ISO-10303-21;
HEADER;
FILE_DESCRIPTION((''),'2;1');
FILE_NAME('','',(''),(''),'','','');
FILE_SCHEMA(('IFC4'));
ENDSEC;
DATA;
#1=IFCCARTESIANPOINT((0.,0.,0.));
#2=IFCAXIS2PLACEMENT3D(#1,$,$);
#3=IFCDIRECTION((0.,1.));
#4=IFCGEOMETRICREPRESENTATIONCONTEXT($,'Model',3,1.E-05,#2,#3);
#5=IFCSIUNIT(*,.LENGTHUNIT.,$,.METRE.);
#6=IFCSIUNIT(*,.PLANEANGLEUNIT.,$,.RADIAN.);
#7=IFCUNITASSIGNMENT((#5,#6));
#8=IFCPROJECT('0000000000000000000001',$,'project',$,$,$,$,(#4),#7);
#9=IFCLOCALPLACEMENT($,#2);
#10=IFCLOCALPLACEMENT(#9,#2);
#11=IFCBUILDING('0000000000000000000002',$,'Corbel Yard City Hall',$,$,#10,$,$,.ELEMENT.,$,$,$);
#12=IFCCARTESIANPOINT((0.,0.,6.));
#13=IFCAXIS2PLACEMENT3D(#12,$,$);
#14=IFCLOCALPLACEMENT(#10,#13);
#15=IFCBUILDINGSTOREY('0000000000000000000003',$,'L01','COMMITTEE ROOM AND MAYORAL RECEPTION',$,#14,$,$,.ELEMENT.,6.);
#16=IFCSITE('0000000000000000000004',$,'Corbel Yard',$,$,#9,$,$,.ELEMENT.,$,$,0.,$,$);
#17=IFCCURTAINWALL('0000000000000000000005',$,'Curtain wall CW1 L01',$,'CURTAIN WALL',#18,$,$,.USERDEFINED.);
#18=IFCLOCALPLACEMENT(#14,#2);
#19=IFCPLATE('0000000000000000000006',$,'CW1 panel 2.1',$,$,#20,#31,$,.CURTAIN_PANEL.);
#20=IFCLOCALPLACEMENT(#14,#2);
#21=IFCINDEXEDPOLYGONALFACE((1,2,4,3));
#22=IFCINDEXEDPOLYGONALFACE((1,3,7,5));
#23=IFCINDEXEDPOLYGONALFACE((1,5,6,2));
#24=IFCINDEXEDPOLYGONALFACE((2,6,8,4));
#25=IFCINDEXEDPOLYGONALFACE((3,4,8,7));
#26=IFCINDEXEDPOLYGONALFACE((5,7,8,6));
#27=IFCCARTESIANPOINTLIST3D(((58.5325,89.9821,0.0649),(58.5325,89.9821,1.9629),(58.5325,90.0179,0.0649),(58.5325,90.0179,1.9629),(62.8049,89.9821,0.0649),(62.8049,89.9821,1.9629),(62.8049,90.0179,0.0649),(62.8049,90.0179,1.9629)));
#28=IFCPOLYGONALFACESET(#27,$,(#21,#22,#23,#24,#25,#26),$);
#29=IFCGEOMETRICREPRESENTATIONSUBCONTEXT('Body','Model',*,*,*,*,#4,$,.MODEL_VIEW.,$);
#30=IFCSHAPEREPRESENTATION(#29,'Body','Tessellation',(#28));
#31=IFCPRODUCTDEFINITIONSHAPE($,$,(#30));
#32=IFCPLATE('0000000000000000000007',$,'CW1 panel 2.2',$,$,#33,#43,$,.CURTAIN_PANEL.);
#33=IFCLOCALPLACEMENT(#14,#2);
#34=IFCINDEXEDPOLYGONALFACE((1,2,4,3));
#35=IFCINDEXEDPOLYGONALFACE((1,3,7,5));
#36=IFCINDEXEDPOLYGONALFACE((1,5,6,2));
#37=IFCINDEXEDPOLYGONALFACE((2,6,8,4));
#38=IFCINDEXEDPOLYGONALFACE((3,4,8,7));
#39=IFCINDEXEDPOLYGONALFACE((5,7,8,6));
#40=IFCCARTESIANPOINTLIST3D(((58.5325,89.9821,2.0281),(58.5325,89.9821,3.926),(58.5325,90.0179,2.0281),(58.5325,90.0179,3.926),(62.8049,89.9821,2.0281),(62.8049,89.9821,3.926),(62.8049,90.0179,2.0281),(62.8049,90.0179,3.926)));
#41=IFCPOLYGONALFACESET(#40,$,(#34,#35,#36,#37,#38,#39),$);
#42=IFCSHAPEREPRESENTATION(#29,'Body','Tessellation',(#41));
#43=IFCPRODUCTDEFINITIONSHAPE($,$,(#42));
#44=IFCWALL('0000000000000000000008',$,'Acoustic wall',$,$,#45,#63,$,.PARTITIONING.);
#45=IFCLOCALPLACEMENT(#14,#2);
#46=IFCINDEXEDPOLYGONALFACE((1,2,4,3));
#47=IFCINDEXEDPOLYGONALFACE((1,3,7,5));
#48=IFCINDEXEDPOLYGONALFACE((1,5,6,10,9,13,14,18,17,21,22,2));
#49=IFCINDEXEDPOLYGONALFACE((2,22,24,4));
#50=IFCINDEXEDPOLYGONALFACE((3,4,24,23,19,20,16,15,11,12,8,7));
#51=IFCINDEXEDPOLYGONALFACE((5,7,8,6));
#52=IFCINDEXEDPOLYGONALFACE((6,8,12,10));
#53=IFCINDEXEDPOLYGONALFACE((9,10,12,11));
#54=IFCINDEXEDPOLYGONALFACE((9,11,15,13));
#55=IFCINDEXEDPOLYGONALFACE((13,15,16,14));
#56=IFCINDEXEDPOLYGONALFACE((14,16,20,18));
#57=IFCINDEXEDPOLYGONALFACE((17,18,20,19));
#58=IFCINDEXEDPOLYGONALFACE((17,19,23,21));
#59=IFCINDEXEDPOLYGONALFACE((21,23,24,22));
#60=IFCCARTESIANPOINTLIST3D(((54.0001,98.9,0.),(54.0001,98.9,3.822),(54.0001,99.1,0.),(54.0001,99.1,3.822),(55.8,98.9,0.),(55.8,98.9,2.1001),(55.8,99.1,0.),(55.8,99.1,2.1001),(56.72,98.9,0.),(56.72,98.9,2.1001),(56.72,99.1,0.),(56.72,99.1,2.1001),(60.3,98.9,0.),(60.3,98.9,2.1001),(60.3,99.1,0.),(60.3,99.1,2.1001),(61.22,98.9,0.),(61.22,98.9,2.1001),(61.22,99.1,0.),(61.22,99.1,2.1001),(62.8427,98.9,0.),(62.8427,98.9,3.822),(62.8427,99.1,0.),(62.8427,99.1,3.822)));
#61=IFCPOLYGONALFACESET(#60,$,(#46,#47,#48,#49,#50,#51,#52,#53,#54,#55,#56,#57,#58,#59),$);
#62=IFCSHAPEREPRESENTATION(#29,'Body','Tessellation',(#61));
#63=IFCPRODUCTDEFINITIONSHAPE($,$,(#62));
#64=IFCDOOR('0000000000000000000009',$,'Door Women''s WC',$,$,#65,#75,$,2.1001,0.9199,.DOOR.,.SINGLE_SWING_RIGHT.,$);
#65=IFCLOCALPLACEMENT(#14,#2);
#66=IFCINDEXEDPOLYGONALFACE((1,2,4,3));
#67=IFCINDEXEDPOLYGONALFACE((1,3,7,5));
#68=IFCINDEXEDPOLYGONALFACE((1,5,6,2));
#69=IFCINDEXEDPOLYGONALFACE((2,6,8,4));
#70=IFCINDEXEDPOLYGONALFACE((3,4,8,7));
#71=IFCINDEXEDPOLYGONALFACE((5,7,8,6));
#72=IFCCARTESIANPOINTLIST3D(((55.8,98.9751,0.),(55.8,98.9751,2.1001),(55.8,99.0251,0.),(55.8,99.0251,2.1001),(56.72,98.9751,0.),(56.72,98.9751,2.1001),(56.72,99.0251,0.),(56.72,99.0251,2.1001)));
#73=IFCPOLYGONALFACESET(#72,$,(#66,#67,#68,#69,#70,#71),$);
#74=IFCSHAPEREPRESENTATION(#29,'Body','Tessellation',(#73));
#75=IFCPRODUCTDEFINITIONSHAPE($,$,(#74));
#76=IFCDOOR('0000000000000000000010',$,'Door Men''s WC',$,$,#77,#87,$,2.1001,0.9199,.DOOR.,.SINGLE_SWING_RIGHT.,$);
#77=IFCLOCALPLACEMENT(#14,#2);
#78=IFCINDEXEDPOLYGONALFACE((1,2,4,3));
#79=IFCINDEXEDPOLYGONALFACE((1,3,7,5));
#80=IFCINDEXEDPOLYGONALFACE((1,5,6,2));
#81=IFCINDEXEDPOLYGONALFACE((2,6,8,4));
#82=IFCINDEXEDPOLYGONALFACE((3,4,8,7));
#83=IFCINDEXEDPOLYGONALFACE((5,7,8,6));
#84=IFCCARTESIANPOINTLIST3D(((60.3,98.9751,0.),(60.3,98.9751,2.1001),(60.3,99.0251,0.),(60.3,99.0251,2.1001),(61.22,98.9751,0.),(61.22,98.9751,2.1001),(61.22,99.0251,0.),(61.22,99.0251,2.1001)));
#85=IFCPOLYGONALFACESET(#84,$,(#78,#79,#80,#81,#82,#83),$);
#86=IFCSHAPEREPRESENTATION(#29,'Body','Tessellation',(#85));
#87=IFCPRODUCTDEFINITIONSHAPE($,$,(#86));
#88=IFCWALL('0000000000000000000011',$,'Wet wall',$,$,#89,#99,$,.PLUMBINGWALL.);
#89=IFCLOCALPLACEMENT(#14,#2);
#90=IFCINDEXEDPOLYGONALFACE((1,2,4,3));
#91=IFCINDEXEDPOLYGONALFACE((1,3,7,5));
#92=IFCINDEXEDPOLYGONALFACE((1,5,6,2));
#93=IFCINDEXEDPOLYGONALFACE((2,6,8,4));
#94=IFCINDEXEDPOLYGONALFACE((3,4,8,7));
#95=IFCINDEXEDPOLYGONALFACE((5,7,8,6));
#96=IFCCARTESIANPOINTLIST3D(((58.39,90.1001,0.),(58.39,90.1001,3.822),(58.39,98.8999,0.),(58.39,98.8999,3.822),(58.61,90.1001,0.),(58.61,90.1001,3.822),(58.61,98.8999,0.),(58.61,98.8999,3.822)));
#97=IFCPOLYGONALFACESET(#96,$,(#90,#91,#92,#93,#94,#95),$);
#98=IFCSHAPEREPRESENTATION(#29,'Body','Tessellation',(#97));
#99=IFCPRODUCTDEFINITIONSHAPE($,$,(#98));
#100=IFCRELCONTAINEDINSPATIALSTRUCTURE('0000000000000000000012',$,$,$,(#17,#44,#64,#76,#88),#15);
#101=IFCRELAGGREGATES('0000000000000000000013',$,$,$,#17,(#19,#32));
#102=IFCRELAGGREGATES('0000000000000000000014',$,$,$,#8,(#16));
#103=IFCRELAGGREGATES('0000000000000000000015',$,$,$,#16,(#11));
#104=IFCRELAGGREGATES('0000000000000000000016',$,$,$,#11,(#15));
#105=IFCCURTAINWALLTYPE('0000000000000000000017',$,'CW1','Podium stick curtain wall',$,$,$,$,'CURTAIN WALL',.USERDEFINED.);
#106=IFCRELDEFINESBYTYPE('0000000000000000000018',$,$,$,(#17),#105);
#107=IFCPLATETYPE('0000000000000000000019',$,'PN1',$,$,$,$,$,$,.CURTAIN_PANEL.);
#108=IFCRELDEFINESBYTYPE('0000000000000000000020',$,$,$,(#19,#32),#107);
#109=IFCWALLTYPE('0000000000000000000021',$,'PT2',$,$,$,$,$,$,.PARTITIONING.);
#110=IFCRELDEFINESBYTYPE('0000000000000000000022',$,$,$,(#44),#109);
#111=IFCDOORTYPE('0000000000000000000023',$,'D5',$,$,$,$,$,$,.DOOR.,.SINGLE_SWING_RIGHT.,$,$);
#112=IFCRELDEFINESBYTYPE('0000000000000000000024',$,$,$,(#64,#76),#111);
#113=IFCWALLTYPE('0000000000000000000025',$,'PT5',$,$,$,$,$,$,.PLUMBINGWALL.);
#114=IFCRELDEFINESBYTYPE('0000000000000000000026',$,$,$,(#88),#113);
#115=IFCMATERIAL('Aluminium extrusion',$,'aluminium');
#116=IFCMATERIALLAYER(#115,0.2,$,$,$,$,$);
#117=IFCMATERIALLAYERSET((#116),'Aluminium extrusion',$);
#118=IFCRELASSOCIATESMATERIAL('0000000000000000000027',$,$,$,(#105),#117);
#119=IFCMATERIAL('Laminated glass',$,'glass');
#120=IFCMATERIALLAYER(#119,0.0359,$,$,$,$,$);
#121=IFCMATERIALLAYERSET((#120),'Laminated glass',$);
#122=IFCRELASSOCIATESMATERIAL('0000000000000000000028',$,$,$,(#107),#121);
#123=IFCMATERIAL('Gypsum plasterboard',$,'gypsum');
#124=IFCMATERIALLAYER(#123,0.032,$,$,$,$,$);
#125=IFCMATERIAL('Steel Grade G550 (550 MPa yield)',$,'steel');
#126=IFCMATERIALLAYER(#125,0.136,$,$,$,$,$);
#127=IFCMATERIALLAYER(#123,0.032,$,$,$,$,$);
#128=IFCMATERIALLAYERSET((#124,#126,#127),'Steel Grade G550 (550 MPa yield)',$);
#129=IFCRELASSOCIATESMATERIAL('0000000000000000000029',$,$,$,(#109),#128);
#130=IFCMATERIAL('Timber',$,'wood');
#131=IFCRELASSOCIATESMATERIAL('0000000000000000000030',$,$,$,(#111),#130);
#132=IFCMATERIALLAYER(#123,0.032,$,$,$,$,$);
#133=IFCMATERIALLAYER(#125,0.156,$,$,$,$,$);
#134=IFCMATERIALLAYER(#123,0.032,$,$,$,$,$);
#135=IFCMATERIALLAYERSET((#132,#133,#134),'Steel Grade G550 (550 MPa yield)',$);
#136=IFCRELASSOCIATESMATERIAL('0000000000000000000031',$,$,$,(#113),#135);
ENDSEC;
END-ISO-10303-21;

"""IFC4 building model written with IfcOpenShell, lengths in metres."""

from ifc_helpers import new_model, si_unit, direction, frame, frame_2d, origin, origin_2d, place, context, subcontext, project, spatial, rectangle, extrude, material, layer, layer_set, type_object, element, fill, aggregate, save


model = new_model("IFC4")

# Units and contexts
model_context = context("Model", 3, precision=1e-05, world=origin(), true_north=direction((0.0, 1.0)))
body_context = subcontext(model_context, "Body", "Model", "MODEL_VIEW")
ifc_project = project(units=[si_unit("LENGTHUNIT", "METRE"), si_unit("PLANEANGLEUNIT", "RADIAN")], contexts=[model_context])

# Site, building, storey
site_placement = place(None, origin())
site = spatial("IfcSite", under=ifc_project, at=site_placement, Name="Corbel Yard", CompositionType="ELEMENT", RefElevation=0.0)
building_placement = place(site_placement, origin())
building = spatial("IfcBuilding", under=site, at=building_placement, Name="Corbel Yard City Hall", CompositionType="ELEMENT")
storey_placement = place(building_placement, frame((0.0, 0.0, 6.0)))
storey = spatial("IfcBuildingStorey", under=building, at=storey_placement, Name="L01", Description="COMMITTEE ROOM AND MAYORAL RECEPTION", CompositionType="ELEMENT", Elevation=6.0)

# Curtain wall
ifc_material_1 = material(Name="Aluminium extrusion", Category="aluminium")
ifc_layer_1 = layer(ifc_material_1, 0.2)
ifc_layer_set_1 = layer_set([ifc_layer_1], Name="Aluminium extrusion")
curtain_wall_type = type_object("IfcCurtainWallType", Name="CW1", Description="Podium stick curtain wall", ElementType="CURTAIN WALL", PredefinedType="USERDEFINED", material=ifc_layer_set_1)
curtain_wall_placement = place(storey_placement, origin())
curtain_wall = element("IfcCurtainWall", 1, at=curtain_wall_placement, inside=storey, type_object=curtain_wall_type, Name="Curtain wall CW1 L01", ObjectType="CURTAIN WALL", PredefinedType="USERDEFINED")

# Plates
ifc_material_2 = material(Name="Laminated glass", Category="glass")
ifc_layer_2 = layer(ifc_material_2, 0.0359)
ifc_layer_set_2 = layer_set([ifc_layer_2], Name="Laminated glass")
plate_type = type_object("IfcPlateType", Name="PN1", PredefinedType="CURTAIN_PANEL", material=ifc_layer_set_2)
plate_1_placement = place(storey_placement, frame((60.6687, 90.0, 0.0649), z_axis=(0.0, 0.0, 1.0), x_axis=(1.0, 0.0, 0.0)))
plate_1 = element("IfcPlate", 2, at=plate_1_placement, type_object=plate_type, Name="CW1 panel 2.1", PredefinedType="CURTAIN_PANEL", context=body_context, shape_type="SweptSolid", body=[
    extrude(rectangle(XDim=4.2725, YDim=0.0359, at=origin_2d()), origin(), (0.0, 0.0, 1.0), 1.8979),
])
plate_2_placement = place(storey_placement, frame((60.6687, 90.0, 2.0281), z_axis=(0.0, 0.0, 1.0), x_axis=(1.0, 0.0, 0.0)))
plate_2 = element("IfcPlate", 3, at=plate_2_placement, type_object=plate_type, Name="CW1 panel 2.2", PredefinedType="CURTAIN_PANEL", context=body_context, shape_type="SweptSolid", body=[
    extrude(rectangle(XDim=4.2725, YDim=0.0359, at=origin_2d()), origin(), (0.0, 0.0, 1.0), 1.8979),
])
aggregate(curtain_wall, [plate_1, plate_2])

# Wall, openings, doors
ifc_material_3 = material(Name="Gypsum plasterboard", Category="gypsum")
ifc_layer_3 = layer(ifc_material_3, 0.032)
ifc_material_4 = material(Name="Steel Grade G550 (550 MPa yield)", Category="steel")
ifc_layer_4 = layer(ifc_material_4, 0.136)
ifc_layer_5 = layer(ifc_material_3, 0.032)
ifc_layer_set_3 = layer_set([ifc_layer_3, ifc_layer_4, ifc_layer_5], Name="Steel Grade G550 (550 MPa yield)")
wall_type_1 = type_object("IfcWallType", Name="PT2", PredefinedType="PARTITIONING", material=ifc_layer_set_3)
wall_1_placement = place(storey_placement, frame((54.0, 99.0, 0.0), z_axis=(0.0, 0.0, 1.0), x_axis=(1.0, 0.0, 0.0)))
wall_1 = element("IfcWall", 4, at=wall_1_placement, inside=storey, type_object=wall_type_1, Name="Acoustic wall", PredefinedType="PARTITIONING", context=body_context, shape_type="SweptSolid", body=[
    extrude(rectangle(XDim=8.8425, YDim=0.2, at=frame_2d((4.4214, 0.0))), origin(), (0.0, 0.0, 1.0), 3.822),
])
opening_1_placement = place(wall_1_placement, frame((1.8, 0.0, 0.0)))
opening_1 = element("IfcOpeningElement", 5, at=opening_1_placement, cuts=wall_1, PredefinedType="OPENING", context=body_context, shape_type="SweptSolid", body=[
    extrude(rectangle(XDim=0.9199, YDim=2.1001, at=frame_2d((0.46, 1.05))), frame((0.0, 0.1099, 0.0), z_axis=(0.0, -1.0, 0.0), x_axis=(1.0, 0.0, 0.0)), (0.0, 0.0, 1.0), 0.22),
])
opening_2_placement = place(wall_1_placement, frame((6.3, 0.0, 0.0)))
opening_2 = element("IfcOpeningElement", 6, at=opening_2_placement, cuts=wall_1, PredefinedType="OPENING", context=body_context, shape_type="SweptSolid", body=[
    extrude(rectangle(XDim=0.9199, YDim=2.1001, at=frame_2d((0.46, 1.05))), frame((0.0, 0.1099, 0.0), z_axis=(0.0, -1.0, 0.0), x_axis=(1.0, 0.0, 0.0)), (0.0, 0.0, 1.0), 0.22),
])
ifc_material_5 = material(Name="Timber", Category="wood")
door_type = type_object("IfcDoorType", Name="D5", OperationType="SINGLE_SWING_RIGHT", PredefinedType="DOOR", material=ifc_material_5)
door_1_placement = place(opening_1_placement, frame((0.9199, 0.0, 0.0), z_axis=(0.0, 0.0, 1.0), x_axis=(-1.0, 0.0, 0.0)))
door_1 = element("IfcDoor", 7, at=door_1_placement, inside=storey, type_object=door_type, Name="Door Women's WC", OperationType="SINGLE_SWING_RIGHT", OverallHeight=2.1001, OverallWidth=0.9199, PredefinedType="DOOR", context=body_context, shape_type="SweptSolid", body=[
    extrude(rectangle(XDim=0.9199, YDim=2.1001, at=frame_2d((0.46, 1.05))), frame((0.0, 0.0249, 0.0), z_axis=(0.0, -1.0, 0.0), x_axis=(1.0, 0.0, 0.0)), (0.0, 0.0, 1.0), 0.05),
])
fill(opening_1, door_1)
door_2_placement = place(opening_2_placement, frame((0.9199, 0.0, 0.0), z_axis=(0.0, 0.0, 1.0), x_axis=(-1.0, 0.0, 0.0)))
door_2 = element("IfcDoor", 8, at=door_2_placement, inside=storey, type_object=door_type, Name="Door Men's WC", OperationType="SINGLE_SWING_RIGHT", OverallHeight=2.1001, OverallWidth=0.9199, PredefinedType="DOOR", context=body_context, shape_type="SweptSolid", body=[
    extrude(rectangle(XDim=0.9199, YDim=2.1001, at=frame_2d((0.46, 1.05))), frame((0.0, 0.0249, 0.0), z_axis=(0.0, -1.0, 0.0), x_axis=(1.0, 0.0, 0.0)), (0.0, 0.0, 1.0), 0.05),
])
fill(opening_2, door_2)

# Wall
ifc_layer_6 = layer(ifc_material_3, 0.032)
ifc_layer_7 = layer(ifc_material_4, 0.156)
ifc_layer_8 = layer(ifc_material_3, 0.032)
ifc_layer_set_4 = layer_set([ifc_layer_6, ifc_layer_7, ifc_layer_8], Name="Steel Grade G550 (550 MPa yield)")
wall_type_2 = type_object("IfcWallType", Name="PT5", PredefinedType="PLUMBINGWALL", material=ifc_layer_set_4)
wall_2_placement = place(storey_placement, frame((58.5, 90.1001, 0.0), z_axis=(0.0, 0.0, 1.0), x_axis=(0.0, 1.0, 0.0)))
element("IfcWall", 9, at=wall_2_placement, inside=storey, type_object=wall_type_2, Name="Wet wall", PredefinedType="PLUMBINGWALL", context=body_context, shape_type="SweptSolid", body=[
    extrude(rectangle(XDim=8.7998, YDim=0.22, at=frame_2d((4.3999, 0.0))), origin(), (0.0, 0.0, 1.0), 3.822),
])

save(model, "model.ifc")
